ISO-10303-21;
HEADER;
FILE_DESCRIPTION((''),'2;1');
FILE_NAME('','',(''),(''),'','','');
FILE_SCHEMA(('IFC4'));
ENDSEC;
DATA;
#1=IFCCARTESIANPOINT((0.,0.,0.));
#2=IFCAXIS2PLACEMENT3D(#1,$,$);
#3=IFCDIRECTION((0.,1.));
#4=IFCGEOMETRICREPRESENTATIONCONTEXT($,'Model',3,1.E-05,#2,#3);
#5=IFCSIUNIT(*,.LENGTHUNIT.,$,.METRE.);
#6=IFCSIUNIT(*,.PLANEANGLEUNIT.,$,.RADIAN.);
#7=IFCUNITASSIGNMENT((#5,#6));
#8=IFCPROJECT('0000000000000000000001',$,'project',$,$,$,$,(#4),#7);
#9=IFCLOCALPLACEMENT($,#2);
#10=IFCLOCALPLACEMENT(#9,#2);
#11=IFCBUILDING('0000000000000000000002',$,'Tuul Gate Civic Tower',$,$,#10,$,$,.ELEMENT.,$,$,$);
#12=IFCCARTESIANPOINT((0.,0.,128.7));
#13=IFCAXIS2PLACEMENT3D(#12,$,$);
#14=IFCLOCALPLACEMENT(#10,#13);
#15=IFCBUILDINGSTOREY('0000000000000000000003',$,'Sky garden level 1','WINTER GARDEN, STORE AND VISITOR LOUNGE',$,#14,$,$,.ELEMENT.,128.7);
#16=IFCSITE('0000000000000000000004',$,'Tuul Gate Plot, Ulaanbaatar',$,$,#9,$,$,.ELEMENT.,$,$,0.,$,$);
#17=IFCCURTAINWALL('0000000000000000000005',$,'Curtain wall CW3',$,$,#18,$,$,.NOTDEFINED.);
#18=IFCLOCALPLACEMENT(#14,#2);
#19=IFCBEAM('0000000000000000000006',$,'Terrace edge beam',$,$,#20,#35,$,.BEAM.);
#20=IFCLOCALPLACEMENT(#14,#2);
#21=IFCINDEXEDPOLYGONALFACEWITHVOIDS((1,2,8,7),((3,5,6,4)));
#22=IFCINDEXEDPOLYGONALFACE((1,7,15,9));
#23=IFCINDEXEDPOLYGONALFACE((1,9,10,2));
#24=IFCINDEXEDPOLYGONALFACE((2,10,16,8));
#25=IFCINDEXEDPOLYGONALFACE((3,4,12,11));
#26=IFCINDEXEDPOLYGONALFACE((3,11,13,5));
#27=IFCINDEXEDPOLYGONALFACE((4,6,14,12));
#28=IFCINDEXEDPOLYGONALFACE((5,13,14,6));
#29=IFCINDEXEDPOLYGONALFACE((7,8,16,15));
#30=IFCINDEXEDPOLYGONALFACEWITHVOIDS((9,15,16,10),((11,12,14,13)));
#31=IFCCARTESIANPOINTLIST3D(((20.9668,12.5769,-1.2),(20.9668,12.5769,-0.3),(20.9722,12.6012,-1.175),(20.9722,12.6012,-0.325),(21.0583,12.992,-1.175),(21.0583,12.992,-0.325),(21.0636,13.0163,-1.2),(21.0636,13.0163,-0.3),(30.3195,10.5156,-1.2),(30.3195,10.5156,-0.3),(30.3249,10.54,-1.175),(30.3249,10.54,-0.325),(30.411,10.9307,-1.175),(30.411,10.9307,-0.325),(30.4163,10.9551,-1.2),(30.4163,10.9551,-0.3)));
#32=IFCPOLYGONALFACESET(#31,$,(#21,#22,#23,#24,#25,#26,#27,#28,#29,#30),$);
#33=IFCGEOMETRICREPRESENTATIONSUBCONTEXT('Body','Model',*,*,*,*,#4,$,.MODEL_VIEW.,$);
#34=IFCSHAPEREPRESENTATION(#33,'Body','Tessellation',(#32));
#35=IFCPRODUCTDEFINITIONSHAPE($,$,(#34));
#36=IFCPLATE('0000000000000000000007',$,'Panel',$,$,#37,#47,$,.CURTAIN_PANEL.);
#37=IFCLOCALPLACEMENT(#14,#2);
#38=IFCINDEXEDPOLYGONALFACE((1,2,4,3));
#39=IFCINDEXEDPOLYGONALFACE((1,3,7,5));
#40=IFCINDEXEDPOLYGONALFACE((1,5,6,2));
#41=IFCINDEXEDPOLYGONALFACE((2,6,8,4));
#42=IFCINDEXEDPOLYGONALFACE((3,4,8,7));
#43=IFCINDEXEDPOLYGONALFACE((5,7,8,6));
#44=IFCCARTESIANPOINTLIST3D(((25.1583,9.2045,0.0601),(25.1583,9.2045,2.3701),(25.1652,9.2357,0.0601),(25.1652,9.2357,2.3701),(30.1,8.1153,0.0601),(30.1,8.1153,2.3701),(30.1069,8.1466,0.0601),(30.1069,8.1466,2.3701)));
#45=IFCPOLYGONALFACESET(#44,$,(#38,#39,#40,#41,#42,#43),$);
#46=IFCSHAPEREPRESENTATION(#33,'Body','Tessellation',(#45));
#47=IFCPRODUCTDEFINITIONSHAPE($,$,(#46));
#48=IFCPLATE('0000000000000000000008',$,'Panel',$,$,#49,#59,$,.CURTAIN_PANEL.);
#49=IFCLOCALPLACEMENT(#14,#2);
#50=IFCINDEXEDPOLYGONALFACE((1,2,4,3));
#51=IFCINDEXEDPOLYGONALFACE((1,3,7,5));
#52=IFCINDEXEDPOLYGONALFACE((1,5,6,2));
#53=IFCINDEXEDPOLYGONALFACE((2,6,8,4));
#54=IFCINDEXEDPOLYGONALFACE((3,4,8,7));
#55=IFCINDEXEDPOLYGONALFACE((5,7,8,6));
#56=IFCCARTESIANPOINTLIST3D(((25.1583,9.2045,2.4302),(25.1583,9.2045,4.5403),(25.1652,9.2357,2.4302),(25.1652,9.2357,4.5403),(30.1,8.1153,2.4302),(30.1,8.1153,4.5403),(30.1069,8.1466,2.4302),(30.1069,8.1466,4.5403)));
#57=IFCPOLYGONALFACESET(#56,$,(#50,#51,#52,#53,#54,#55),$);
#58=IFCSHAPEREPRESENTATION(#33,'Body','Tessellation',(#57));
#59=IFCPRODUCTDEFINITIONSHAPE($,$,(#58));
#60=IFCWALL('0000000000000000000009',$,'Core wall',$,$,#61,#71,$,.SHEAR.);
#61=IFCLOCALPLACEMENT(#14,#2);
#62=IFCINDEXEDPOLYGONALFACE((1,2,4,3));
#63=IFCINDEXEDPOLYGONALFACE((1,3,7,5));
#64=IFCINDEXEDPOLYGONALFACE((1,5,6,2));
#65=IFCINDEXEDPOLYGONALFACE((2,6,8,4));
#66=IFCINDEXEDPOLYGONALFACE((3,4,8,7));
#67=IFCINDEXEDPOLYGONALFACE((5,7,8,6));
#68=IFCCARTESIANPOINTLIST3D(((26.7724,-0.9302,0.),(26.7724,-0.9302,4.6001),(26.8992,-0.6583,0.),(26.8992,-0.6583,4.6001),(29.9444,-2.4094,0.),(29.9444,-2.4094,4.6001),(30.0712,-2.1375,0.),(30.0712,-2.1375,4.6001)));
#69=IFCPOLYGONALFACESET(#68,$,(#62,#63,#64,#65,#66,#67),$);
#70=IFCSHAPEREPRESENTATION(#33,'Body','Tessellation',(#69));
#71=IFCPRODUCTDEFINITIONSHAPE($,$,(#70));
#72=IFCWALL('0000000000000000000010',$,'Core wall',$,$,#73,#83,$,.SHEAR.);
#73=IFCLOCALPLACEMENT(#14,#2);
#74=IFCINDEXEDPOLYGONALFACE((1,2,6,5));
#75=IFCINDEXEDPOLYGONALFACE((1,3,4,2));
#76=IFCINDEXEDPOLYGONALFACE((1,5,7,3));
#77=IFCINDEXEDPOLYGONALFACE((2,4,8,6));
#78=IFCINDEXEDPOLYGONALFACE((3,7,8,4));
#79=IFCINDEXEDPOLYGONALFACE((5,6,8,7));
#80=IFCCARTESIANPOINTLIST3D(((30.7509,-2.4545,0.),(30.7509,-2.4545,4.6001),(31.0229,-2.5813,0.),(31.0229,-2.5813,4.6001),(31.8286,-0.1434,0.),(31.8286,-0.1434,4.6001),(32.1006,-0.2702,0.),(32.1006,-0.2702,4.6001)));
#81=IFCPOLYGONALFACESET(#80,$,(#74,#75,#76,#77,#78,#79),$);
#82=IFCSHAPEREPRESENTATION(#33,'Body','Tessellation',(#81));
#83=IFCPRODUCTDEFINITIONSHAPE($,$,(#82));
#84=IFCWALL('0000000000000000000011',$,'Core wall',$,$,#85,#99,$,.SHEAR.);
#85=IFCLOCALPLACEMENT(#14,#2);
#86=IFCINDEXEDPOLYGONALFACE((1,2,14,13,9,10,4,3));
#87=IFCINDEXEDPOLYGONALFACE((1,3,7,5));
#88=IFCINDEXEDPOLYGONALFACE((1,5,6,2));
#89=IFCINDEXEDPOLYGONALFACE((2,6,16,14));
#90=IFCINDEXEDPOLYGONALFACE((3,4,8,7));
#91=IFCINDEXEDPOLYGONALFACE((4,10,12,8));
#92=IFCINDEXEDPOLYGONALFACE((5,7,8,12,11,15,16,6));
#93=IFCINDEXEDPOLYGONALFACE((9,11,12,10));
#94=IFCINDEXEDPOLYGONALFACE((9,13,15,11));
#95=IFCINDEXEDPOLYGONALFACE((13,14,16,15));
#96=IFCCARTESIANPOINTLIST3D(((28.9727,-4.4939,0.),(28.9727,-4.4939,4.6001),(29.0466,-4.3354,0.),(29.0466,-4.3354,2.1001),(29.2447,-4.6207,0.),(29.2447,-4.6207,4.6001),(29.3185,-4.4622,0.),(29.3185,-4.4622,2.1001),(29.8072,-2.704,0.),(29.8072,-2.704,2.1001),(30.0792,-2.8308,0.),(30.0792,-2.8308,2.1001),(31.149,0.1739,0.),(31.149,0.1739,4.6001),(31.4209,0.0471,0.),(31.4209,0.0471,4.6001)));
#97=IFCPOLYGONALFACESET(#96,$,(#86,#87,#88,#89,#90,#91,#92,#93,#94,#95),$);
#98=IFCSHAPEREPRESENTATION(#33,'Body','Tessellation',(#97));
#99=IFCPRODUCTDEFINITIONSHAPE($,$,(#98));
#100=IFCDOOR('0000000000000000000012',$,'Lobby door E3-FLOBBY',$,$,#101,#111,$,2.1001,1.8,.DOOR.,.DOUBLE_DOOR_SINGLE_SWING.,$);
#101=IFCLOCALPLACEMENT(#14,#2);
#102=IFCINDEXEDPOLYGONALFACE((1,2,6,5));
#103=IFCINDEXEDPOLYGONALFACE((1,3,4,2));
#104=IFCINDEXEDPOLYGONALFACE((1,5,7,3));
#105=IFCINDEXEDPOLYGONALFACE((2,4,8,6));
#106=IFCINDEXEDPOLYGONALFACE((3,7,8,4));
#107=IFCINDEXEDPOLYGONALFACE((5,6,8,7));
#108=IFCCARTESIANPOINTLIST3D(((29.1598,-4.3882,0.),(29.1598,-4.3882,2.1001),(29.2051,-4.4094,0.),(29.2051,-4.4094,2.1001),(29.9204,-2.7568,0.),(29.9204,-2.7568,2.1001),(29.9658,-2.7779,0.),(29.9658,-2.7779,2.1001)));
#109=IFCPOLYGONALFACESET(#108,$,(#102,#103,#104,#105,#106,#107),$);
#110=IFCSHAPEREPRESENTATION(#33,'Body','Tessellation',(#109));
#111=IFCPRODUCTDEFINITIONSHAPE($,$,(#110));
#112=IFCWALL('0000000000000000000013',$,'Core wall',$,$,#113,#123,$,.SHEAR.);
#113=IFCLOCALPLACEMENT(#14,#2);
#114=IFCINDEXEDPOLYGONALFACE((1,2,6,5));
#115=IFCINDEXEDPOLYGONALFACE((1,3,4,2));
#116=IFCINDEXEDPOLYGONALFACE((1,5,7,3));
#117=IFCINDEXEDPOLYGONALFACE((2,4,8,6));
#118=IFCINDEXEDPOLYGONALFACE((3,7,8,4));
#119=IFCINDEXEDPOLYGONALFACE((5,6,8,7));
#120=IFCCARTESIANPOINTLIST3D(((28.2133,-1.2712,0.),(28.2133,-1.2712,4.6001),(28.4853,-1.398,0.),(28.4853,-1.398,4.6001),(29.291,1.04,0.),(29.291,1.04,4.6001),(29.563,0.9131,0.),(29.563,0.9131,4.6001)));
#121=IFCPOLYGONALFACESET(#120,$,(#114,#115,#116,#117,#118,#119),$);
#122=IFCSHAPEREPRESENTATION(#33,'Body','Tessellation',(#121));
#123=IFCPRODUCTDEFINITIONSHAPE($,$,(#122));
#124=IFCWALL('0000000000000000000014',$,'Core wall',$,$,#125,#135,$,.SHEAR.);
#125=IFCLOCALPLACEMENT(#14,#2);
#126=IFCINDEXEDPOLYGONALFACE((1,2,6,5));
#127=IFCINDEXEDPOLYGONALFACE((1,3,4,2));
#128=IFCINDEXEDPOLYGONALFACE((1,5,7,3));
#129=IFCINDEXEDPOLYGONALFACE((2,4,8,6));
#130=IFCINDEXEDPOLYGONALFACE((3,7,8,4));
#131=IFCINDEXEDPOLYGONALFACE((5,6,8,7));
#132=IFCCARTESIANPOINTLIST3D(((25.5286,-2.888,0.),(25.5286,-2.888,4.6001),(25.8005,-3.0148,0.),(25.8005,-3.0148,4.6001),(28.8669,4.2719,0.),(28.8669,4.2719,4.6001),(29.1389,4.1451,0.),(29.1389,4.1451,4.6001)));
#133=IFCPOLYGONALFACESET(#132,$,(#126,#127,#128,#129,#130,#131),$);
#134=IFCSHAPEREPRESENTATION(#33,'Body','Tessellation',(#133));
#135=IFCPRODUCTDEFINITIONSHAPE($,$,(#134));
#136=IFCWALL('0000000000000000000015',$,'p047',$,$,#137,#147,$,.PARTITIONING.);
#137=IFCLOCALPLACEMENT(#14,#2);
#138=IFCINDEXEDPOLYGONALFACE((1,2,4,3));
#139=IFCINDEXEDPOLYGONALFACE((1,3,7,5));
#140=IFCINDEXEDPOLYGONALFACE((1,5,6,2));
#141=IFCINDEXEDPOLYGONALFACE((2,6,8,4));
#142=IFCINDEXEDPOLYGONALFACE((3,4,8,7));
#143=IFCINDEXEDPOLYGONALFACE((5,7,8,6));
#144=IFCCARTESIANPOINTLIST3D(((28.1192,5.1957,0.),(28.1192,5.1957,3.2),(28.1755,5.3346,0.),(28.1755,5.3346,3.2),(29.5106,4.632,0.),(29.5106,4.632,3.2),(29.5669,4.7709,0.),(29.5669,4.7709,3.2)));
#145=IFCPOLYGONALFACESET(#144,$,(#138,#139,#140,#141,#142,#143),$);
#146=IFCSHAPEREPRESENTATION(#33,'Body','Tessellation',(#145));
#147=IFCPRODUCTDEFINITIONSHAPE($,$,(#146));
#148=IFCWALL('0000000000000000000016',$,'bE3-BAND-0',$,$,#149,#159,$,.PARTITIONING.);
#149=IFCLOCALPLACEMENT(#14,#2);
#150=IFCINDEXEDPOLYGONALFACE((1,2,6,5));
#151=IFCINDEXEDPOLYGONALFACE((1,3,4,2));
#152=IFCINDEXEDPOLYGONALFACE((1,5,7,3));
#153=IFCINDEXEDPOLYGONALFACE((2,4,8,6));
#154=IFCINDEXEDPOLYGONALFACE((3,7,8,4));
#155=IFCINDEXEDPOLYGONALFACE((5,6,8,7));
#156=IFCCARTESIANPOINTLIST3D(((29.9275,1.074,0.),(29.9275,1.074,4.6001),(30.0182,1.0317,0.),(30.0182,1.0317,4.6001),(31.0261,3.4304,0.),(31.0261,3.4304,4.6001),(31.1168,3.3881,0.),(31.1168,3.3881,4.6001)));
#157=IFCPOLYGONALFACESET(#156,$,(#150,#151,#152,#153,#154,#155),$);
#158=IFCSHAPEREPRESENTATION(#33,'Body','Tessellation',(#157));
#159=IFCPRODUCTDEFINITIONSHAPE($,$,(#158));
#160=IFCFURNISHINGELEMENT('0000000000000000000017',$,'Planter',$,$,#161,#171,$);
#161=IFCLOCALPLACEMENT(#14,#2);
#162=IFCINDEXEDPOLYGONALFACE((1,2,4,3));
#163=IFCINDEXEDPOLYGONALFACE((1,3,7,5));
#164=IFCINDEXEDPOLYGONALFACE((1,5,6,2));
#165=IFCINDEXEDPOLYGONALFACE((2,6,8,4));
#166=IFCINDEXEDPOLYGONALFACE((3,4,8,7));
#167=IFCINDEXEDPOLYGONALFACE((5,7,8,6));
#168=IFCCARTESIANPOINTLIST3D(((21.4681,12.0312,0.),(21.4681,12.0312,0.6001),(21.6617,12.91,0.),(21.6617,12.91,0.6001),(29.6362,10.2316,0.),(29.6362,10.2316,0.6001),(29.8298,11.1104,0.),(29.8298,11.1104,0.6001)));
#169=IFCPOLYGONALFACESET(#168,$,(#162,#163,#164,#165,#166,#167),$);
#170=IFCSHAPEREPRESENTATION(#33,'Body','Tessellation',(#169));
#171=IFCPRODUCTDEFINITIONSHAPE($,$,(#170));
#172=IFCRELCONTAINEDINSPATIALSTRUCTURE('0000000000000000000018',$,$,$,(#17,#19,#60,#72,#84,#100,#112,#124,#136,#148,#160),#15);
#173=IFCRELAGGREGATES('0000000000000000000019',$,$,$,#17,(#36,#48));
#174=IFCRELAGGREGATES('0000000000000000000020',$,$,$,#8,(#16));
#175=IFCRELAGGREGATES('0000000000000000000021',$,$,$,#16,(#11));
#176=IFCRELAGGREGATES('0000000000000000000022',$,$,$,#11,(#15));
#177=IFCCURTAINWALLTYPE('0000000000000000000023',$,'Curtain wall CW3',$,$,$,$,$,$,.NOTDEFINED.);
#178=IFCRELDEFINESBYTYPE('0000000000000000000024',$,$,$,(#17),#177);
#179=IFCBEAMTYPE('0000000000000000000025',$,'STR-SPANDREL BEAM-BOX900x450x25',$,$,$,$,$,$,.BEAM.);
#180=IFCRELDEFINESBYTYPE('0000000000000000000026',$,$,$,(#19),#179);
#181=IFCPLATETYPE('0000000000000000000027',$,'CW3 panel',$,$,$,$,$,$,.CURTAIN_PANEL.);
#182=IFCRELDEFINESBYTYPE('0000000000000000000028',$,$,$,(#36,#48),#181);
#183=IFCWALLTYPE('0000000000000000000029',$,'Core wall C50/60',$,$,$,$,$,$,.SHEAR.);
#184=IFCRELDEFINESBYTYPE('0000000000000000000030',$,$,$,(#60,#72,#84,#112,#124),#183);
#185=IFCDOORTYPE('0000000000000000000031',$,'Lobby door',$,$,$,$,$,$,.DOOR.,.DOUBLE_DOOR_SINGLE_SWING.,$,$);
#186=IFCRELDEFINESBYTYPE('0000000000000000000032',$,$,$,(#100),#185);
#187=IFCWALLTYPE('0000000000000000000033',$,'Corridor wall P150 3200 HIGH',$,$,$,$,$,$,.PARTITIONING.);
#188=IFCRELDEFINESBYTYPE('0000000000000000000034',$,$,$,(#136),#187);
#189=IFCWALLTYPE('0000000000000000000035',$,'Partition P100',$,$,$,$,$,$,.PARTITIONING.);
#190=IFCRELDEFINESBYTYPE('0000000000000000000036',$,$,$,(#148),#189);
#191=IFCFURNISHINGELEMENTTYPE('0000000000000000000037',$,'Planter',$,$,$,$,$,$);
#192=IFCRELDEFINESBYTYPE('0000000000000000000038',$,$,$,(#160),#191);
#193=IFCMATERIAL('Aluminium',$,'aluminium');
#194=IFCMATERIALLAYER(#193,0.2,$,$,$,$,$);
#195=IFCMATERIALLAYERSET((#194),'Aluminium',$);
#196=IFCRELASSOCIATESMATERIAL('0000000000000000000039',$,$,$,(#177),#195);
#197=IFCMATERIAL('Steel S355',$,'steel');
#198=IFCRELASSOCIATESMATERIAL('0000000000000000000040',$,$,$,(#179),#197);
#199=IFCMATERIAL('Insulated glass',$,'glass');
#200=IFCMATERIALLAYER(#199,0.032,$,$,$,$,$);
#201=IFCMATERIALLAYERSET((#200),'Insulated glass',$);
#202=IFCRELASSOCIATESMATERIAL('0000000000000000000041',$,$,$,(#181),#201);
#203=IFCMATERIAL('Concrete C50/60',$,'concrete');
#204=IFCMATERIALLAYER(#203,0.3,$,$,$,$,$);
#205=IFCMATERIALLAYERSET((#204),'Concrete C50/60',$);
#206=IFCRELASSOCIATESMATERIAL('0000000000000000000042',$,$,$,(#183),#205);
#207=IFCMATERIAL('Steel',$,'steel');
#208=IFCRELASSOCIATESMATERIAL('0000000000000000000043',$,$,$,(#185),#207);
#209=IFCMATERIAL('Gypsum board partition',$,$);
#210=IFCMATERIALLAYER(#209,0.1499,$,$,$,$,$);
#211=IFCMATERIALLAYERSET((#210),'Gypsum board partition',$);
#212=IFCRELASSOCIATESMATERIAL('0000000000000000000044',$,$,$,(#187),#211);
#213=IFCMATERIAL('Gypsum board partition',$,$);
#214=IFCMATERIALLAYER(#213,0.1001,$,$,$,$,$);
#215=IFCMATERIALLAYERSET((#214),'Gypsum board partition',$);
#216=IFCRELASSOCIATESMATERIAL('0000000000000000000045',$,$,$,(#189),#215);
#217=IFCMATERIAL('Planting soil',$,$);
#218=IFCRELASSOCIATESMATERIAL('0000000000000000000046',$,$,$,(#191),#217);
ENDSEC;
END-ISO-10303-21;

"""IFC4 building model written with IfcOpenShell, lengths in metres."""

from ifc_helpers import new_model, si_unit, direction, frame, frame_2d, origin, origin_2d, place, context, subcontext, project, spatial, rectangle, hollow_rectangle, extrude, material, layer, layer_set, material_profile, profile_set, type_object, element, fill, aggregate, save


model = new_model("IFC4")

# Units and contexts
model_context = context("Model", 3, precision=1e-05, world=origin(), true_north=direction((0.0, 1.0)))
body_context = subcontext(model_context, "Body", "Model", "MODEL_VIEW")
ifc_project = project(units=[si_unit("LENGTHUNIT", "METRE"), si_unit("PLANEANGLEUNIT", "RADIAN")], contexts=[model_context])

# Site, building, storey
site_placement = place(None, origin())
site = spatial("IfcSite", under=ifc_project, at=site_placement, Name="Tuul Gate Plot, Ulaanbaatar", CompositionType="ELEMENT", RefElevation=0.0)
building_placement = place(site_placement, origin())
building = spatial("IfcBuilding", under=site, at=building_placement, Name="Tuul Gate Civic Tower", CompositionType="ELEMENT")
storey_placement = place(building_placement, frame((0.0, 0.0, 128.7)))
storey = spatial("IfcBuildingStorey", under=building, at=storey_placement, Name="Sky garden level 1", Description="WINTER GARDEN, STORE AND VISITOR LOUNGE", CompositionType="ELEMENT", Elevation=128.7)

# Curtain wall
ifc_material_1 = material(Name="Aluminium", Category="aluminium")
ifc_layer_1 = layer(ifc_material_1, 0.2)
ifc_layer_set_1 = layer_set([ifc_layer_1], Name="Aluminium")
curtain_wall_type = type_object("IfcCurtainWallType", Name="Curtain wall CW3", PredefinedType="NOTDEFINED", material=ifc_layer_set_1)
curtain_wall_placement = place(storey_placement, origin())
curtain_wall = element("IfcCurtainWall", 1, at=curtain_wall_placement, inside=storey, type_object=curtain_wall_type, Name="Curtain wall CW3", PredefinedType="NOTDEFINED")

# Beam
ifc_material_2 = material(Name="Steel S355", Category="steel")
ifc_material_profile_1 = material_profile(ifc_material_2, hollow_rectangle(XDim=0.45, YDim=0.8999, WallThickness=0.0249, at=origin_2d()), Name="BOX900x450x25")
ifc_profile_set_1 = profile_set([ifc_material_profile_1], Name="Steel S355")
beam_type_1 = type_object("IfcBeamType", Name="STR-SPANDREL BEAM-BOX900x450x25", PredefinedType="BEAM", material=ifc_profile_set_1)
beam_1_placement = place(storey_placement, frame((30.3679, 10.7354, -0.75), z_axis=(-0.976564, 0.215227, 0.0), x_axis=(-0.215227, -0.976564, 0.0)))
element("IfcBeam", 2, at=beam_1_placement, inside=storey, type_object=beam_type_1, Name="Terrace edge beam", PredefinedType="BEAM", context=body_context, shape_type="SweptSolid", body=[
    extrude(hollow_rectangle(XDim=0.45, YDim=0.8999, WallThickness=0.0249, at=origin_2d()), origin(), (0.0, 0.0, 1.0), 9.5771),
])

# Plates
ifc_material_3 = material(Name="Insulated glass", Category="glass")
ifc_layer_2 = layer(ifc_material_3, 0.032)
ifc_layer_set_2 = layer_set([ifc_layer_2], Name="Insulated glass")
plate_type = type_object("IfcPlateType", Name="CW3 panel", PredefinedType="CURTAIN_PANEL", material=ifc_layer_set_2)
plate_1_placement = place(storey_placement, frame((27.6326, 8.6755, 0.0601), z_axis=(0.0, 0.0, 1.0), x_axis=(-0.976562, 0.215234, 0.0)))
plate_1 = element("IfcPlate", 3, at=plate_1_placement, type_object=plate_type, Name="Panel", PredefinedType="CURTAIN_PANEL", context=body_context, shape_type="SweptSolid", body=[
    extrude(rectangle(XDim=5.0603, YDim=0.032, at=origin_2d()), origin(), (0.0, 0.0, 1.0), 2.3101),
])
plate_2_placement = place(storey_placement, frame((27.6326, 8.6755, 2.4302), z_axis=(0.0, 0.0, 1.0), x_axis=(-0.976562, 0.215234, 0.0)))
plate_2 = element("IfcPlate", 4, at=plate_2_placement, type_object=plate_type, Name="Panel", PredefinedType="CURTAIN_PANEL", context=body_context, shape_type="SweptSolid", body=[
    extrude(rectangle(XDim=5.0603, YDim=0.032, at=origin_2d()), origin(), (0.0, 0.0, 1.0), 2.1101),
])
aggregate(curtain_wall, [plate_1, plate_2])

# Walls
ifc_material_4 = material(Name="Concrete C50/60", Category="concrete")
ifc_layer_3 = layer(ifc_material_4, 0.3)
ifc_layer_set_3 = layer_set([ifc_layer_3], Name="Concrete C50/60")
wall_type_1 = type_object("IfcWallType", Name="Core wall C50/60", PredefinedType="SHEAR", material=ifc_layer_set_3)
wall_1_placement = place(storey_placement, frame((30.0078, -2.2734, 0.0), z_axis=(0.0, 0.0, 1.0), x_axis=(-0.906301, 0.422633, 0.0)))
element("IfcWall", 5, at=wall_1_placement, inside=storey, type_object=wall_type_1, Name="Core wall", PredefinedType="SHEAR", context=body_context, shape_type="SweptSolid", body=[
    extrude(rectangle(XDim=3.5, YDim=0.3, at=frame_2d((1.75, 0.0))), origin(), (0.0, 0.0, 1.0), 4.6001),
])
wall_2_placement = place(storey_placement, frame((30.887, -2.5178, 0.0), z_axis=(0.0, 0.0, 1.0), x_axis=(0.422613, 0.90631, 0.0)))
element("IfcWall", 6, at=wall_2_placement, inside=storey, type_object=wall_type_1, Name="Core wall", PredefinedType="SHEAR", context=body_context, shape_type="SweptSolid", body=[
    extrude(rectangle(XDim=2.55, YDim=0.3, at=frame_2d((1.2749, 0.0))), origin(), (0.0, 0.0, 1.0), 4.6001),
])

# Wall, opening, door
wall_3_placement = place(storey_placement, frame((29.1086, -4.5574, 0.0), z_axis=(0.0, 0.0, 1.0), x_axis=(0.422566, 0.906332, 0.0)))
wall_3 = element("IfcWall", 7, at=wall_3_placement, inside=storey, type_object=wall_type_1, Name="Core wall", PredefinedType="SHEAR", context=body_context, shape_type="SweptSolid", body=[
    extrude(rectangle(XDim=5.1501, YDim=0.3, at=frame_2d((2.5752, 0.0))), origin(), (0.0, 0.0, 1.0), 4.6001),
])
opening_placement = place(wall_3_placement, frame((0.175, 0.0, 0.0)))
opening = element("IfcOpeningElement", 8, at=opening_placement, cuts=wall_3, PredefinedType="OPENING", context=body_context, shape_type="SweptSolid", body=[
    extrude(rectangle(XDim=1.8, YDim=2.1001, at=frame_2d((0.8999, 1.05))), frame((0.0, 0.1602, 0.0), z_axis=(0.0, -1.0, 0.0), x_axis=(1.0, 0.0, 0.0)), (0.0, 0.0, 1.0), 0.3201),
])
ifc_material_5 = material(Name="Steel", Category="steel")
door_type = type_object("IfcDoorType", Name="Lobby door", OperationType="DOUBLE_DOOR_SINGLE_SWING", PredefinedType="DOOR", material=ifc_material_5)
door_placement = place(opening_placement, frame((1.8, 0.0, 0.0), z_axis=(0.0, 0.0, 1.0), x_axis=(-1.0, 0.0, 0.0)))
door = element("IfcDoor", 9, at=door_placement, inside=storey, type_object=door_type, Name="Lobby door E3-FLOBBY", OperationType="DOUBLE_DOOR_SINGLE_SWING", OverallHeight=2.1001, OverallWidth=1.8, PredefinedType="DOOR", context=body_context, shape_type="SweptSolid", body=[
    extrude(rectangle(XDim=1.8, YDim=2.1001, at=frame_2d((0.9001, 1.05))), frame((0.0, 0.0249, 0.0), z_axis=(0.0, -1.0, 0.0), x_axis=(1.0, 0.0, 0.0)), (0.0, 0.0, 1.0), 0.05),
])
fill(opening, door)

# Walls
wall_4_placement = place(storey_placement, frame((28.3494, -1.3345, 0.0), z_axis=(0.0, 0.0, 1.0), x_axis=(0.422613, 0.90631, 0.0)))
element("IfcWall", 10, at=wall_4_placement, inside=storey, type_object=wall_type_1, Name="Core wall", PredefinedType="SHEAR", context=body_context, shape_type="SweptSolid", body=[
    extrude(rectangle(XDim=2.55, YDim=0.3, at=frame_2d((1.2749, 0.0))), origin(), (0.0, 0.0, 1.0), 4.6001),
])
wall_5_placement = place(storey_placement, frame((25.6646, -2.9514, 0.0), z_axis=(0.0, 0.0, 1.0), x_axis=(0.422583, 0.906324, 0.0)))
element("IfcWall", 11, at=wall_5_placement, inside=storey, type_object=wall_type_1, Name="Core wall", PredefinedType="SHEAR", context=body_context, shape_type="SweptSolid", body=[
    extrude(rectangle(XDim=7.8999, YDim=0.3, at=frame_2d((3.95, 0.0))), origin(), (0.0, 0.0, 1.0), 4.6001),
])
ifc_material_6 = material(Name="Gypsum board partition")
ifc_layer_4 = layer(ifc_material_6, 0.1499)
ifc_layer_set_4 = layer_set([ifc_layer_4], Name="Gypsum board partition")
wall_type_2 = type_object("IfcWallType", Name="Corridor wall P150 3200 HIGH", PredefinedType="PARTITIONING", material=ifc_layer_set_4)
wall_6_placement = place(storey_placement, frame((28.1475, 5.2651, 0.0), z_axis=(0.0, 0.0, 1.0), x_axis=(0.926819, -0.375509, 0.0)))
element("IfcWall", 12, at=wall_6_placement, inside=storey, type_object=wall_type_2, Name="p047", PredefinedType="PARTITIONING", context=body_context, shape_type="SweptSolid", body=[
    extrude(rectangle(XDim=1.5012, YDim=0.1499, at=frame_2d((0.7505, 0.0))), origin(), (0.0, 0.0, 1.0), 3.2),
])
ifc_material_7 = material(Name="Gypsum board partition")
ifc_layer_5 = layer(ifc_material_7, 0.1001)
ifc_layer_set_5 = layer_set([ifc_layer_5], Name="Gypsum board partition")
wall_type_3 = type_object("IfcWallType", Name="Partition P100", PredefinedType="PARTITIONING", material=ifc_layer_set_5)
wall_7_placement = place(storey_placement, frame((29.9729, 1.053, 0.0), z_axis=(0.0, 0.0, 1.0), x_axis=(0.422556, 0.906337, 0.0)))
element("IfcWall", 13, at=wall_7_placement, inside=storey, type_object=wall_type_3, Name="bE3-BAND-0", PredefinedType="PARTITIONING", context=body_context, shape_type="SweptSolid", body=[
    extrude(rectangle(XDim=2.5999, YDim=0.1001, at=frame_2d((1.2998, 0.0))), origin(), (0.0, 0.0, 1.0), 4.6001),
])

# Furnishing element
ifc_material_8 = material(Name="Planting soil")
furnishing_element_type = type_object("IfcFurnishingElementType", Name="Planter", material=ifc_material_8)
furnishing_placement = place(storey_placement, frame((25.6489, 11.5708, 0.0), z_axis=(0.0, 0.0, 1.0), x_axis=(-0.976579, 0.21516, 0.0)))
element("IfcFurnishingElement", 14, at=furnishing_placement, inside=storey, type_object=furnishing_element_type, Name="Planter", context=body_context, shape_type="SweptSolid", body=[
    extrude(rectangle(XDim=8.364, YDim=0.8999, at=origin_2d()), origin(), (0.0, 0.0, 1.0), 0.6001),
])

save(model, "model.ifc")
